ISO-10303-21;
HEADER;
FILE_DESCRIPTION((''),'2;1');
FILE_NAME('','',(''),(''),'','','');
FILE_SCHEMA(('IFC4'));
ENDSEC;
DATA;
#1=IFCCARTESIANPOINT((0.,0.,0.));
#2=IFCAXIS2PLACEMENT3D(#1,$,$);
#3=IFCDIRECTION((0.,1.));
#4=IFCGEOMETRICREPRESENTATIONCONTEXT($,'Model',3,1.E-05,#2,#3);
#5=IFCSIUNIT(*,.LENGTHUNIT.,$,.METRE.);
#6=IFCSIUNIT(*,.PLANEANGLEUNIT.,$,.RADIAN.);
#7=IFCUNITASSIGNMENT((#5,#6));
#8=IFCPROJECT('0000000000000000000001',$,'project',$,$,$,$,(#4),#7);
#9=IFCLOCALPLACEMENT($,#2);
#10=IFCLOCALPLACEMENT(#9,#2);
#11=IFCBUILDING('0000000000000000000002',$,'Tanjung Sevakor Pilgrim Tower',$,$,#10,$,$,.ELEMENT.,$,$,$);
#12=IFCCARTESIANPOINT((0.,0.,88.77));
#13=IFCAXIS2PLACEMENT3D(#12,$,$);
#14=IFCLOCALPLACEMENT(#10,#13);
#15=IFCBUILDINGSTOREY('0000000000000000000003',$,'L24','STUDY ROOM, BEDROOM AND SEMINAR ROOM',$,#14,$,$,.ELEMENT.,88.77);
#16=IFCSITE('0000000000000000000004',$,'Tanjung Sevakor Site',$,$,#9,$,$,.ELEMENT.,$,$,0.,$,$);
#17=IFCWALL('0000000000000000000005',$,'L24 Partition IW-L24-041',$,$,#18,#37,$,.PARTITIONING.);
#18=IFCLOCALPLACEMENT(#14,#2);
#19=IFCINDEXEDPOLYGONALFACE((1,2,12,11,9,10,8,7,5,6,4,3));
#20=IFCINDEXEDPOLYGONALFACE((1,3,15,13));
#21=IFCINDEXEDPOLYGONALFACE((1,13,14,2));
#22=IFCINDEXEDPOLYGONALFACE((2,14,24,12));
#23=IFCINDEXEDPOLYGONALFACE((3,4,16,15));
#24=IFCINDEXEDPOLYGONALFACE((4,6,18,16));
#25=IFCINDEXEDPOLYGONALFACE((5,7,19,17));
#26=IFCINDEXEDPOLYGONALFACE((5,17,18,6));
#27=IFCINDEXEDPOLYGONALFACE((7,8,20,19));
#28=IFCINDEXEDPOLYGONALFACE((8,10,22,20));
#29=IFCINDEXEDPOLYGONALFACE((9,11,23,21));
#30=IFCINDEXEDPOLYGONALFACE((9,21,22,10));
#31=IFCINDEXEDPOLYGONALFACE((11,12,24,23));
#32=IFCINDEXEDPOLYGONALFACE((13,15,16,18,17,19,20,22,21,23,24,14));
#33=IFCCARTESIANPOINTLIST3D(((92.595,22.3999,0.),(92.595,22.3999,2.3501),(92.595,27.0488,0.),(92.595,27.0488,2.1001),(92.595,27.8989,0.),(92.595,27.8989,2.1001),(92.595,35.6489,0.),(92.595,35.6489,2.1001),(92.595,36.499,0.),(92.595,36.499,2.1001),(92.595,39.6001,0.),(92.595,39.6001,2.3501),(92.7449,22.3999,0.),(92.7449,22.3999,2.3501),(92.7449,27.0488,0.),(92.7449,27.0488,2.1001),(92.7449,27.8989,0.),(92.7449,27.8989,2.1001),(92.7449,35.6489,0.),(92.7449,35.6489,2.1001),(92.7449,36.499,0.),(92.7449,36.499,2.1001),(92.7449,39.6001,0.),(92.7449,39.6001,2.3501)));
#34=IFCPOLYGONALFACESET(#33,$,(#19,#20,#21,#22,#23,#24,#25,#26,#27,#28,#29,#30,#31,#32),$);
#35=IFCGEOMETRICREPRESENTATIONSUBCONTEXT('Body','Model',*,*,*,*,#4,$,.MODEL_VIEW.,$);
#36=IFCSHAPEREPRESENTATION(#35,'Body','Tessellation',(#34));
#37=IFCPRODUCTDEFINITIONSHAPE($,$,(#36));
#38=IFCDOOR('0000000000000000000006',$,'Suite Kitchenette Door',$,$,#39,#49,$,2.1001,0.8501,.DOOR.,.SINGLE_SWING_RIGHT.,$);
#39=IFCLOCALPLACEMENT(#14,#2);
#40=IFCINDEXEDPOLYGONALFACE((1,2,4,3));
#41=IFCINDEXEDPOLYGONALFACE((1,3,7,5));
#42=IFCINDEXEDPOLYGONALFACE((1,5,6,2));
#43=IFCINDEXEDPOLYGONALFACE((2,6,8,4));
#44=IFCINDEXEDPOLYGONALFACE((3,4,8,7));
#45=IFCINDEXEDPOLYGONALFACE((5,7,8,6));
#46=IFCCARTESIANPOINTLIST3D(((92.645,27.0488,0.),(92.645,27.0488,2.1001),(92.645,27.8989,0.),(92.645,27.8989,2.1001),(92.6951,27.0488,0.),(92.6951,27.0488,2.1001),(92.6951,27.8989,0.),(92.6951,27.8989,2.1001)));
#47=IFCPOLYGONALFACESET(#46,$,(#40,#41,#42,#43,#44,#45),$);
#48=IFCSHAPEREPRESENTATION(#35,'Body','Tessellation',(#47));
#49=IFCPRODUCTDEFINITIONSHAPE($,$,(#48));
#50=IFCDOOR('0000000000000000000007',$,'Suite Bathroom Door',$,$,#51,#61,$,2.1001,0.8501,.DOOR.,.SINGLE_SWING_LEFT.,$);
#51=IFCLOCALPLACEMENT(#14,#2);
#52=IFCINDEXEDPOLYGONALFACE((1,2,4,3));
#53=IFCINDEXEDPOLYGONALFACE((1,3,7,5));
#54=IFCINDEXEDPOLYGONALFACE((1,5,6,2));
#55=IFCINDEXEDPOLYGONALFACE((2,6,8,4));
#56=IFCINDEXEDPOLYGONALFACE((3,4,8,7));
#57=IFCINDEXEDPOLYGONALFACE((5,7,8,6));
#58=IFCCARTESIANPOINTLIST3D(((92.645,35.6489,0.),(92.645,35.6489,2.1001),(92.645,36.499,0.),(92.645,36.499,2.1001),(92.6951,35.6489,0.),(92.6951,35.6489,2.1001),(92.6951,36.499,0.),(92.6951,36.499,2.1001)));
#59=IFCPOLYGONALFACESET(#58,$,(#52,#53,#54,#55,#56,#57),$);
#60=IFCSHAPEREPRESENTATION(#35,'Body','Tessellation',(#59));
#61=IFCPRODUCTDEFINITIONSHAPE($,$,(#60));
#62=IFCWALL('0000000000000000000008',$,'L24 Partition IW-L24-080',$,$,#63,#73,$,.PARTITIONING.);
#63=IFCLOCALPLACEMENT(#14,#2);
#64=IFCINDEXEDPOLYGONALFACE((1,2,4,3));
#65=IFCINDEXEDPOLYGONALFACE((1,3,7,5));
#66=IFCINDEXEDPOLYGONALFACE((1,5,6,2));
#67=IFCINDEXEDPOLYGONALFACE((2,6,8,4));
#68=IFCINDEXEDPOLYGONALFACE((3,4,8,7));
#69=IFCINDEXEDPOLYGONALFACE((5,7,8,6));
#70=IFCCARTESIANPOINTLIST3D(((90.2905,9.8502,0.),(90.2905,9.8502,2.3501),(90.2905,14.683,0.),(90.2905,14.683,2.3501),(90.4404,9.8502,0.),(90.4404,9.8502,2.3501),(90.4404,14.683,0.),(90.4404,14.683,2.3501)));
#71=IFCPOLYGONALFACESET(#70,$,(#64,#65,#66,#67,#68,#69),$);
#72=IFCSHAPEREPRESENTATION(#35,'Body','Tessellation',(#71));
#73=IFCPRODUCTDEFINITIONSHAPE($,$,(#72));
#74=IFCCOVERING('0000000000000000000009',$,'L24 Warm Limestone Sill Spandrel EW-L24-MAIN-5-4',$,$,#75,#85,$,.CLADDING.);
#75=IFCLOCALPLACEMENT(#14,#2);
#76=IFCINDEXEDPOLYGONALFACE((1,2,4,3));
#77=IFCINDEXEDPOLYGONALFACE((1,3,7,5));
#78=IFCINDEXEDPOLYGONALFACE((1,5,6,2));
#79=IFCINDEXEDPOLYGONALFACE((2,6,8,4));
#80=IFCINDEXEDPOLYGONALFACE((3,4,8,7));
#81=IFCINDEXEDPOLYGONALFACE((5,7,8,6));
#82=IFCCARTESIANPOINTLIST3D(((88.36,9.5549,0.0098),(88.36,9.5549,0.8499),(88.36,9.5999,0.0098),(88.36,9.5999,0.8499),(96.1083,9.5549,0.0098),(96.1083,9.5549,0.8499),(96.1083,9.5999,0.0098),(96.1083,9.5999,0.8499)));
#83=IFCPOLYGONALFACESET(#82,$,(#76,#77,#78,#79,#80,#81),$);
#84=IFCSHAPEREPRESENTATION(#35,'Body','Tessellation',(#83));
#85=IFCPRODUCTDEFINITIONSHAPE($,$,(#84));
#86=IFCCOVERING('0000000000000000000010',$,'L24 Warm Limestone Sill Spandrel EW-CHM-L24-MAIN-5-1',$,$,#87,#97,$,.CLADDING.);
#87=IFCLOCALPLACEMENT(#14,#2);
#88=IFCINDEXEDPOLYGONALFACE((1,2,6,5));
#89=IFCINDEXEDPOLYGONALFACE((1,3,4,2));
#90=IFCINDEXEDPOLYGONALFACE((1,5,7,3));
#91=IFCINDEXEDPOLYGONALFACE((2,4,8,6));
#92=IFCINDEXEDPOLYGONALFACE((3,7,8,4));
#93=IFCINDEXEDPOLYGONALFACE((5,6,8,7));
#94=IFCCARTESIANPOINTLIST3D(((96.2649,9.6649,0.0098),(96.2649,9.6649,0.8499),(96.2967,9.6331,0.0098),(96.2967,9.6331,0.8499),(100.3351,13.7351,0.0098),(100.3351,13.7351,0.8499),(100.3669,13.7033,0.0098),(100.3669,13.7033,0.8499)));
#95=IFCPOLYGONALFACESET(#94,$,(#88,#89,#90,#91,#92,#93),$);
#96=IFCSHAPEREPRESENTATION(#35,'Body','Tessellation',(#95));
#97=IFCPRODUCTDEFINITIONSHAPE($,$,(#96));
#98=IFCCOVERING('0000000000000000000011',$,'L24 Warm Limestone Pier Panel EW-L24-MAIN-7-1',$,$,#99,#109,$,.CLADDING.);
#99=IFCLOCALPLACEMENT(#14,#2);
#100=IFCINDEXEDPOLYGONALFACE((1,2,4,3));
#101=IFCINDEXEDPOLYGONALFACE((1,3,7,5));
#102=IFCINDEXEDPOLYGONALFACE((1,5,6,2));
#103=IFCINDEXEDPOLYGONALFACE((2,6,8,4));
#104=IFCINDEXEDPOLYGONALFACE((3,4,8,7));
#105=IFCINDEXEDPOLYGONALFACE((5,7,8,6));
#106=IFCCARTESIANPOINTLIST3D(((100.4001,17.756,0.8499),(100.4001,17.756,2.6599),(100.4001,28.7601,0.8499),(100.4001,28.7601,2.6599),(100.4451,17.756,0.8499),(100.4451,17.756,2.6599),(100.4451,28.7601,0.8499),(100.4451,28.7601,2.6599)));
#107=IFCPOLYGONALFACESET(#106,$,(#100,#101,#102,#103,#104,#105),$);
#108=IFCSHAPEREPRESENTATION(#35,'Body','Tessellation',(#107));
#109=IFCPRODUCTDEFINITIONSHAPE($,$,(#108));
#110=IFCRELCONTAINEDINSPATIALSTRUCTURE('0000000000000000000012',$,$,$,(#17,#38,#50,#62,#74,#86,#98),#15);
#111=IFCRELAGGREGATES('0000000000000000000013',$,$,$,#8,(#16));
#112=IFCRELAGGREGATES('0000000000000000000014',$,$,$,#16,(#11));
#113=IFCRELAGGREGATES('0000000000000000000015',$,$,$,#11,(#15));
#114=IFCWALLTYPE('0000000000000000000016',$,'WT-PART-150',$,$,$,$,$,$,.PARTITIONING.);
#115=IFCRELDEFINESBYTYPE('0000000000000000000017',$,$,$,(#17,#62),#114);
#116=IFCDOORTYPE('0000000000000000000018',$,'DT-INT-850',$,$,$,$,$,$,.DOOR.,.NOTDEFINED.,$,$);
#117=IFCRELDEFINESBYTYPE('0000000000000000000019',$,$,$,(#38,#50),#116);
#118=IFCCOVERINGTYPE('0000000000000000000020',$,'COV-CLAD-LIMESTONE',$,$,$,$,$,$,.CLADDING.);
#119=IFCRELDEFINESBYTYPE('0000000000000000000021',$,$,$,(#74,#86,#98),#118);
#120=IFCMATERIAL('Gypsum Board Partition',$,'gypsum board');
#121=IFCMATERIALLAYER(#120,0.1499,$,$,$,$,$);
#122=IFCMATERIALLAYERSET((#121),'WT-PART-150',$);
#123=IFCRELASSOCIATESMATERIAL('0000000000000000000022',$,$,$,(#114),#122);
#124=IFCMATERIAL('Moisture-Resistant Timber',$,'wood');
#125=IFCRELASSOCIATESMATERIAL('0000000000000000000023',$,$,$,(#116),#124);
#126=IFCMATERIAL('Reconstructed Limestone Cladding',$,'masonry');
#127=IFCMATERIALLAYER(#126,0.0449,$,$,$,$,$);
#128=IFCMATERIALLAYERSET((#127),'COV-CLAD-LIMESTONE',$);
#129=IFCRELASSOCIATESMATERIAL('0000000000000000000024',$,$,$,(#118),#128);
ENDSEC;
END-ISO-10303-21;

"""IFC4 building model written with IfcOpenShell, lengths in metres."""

from ifc_helpers import new_model, si_unit, direction, frame, frame_2d, origin, origin_2d, place, context, subcontext, project, spatial, rectangle, extrude, material, layer, layer_set, type_object, element, fill, save


model = new_model("IFC4")

# Units and contexts
model_context = context("Model", 3, precision=1e-05, world=origin(), true_north=direction((0.0, 1.0)))
body_context = subcontext(model_context, "Body", "Model", "MODEL_VIEW")
ifc_project = project(units=[si_unit("LENGTHUNIT", "METRE"), si_unit("PLANEANGLEUNIT", "RADIAN")], contexts=[model_context])

# Site, building, storey
site_placement = place(None, origin())
site = spatial("IfcSite", under=ifc_project, at=site_placement, Name="Tanjung Sevakor Site", CompositionType="ELEMENT", RefElevation=0.0)
building_placement = place(site_placement, origin())
building = spatial("IfcBuilding", under=site, at=building_placement, Name="Tanjung Sevakor Pilgrim Tower", CompositionType="ELEMENT")
storey_placement = place(building_placement, frame((0.0, 0.0, 88.77)))
storey = spatial("IfcBuildingStorey", under=building, at=storey_placement, Name="L24", Description="STUDY ROOM, BEDROOM AND SEMINAR ROOM", CompositionType="ELEMENT", Elevation=88.77)

# Shared definitions
ifc_material_1 = material(Name="Gypsum Board Partition", Category="gypsum board")
ifc_layer_1 = layer(ifc_material_1, 0.1499)
ifc_layer_set_1 = layer_set([ifc_layer_1], Name="WT-PART-150")
wall_type_1 = type_object("IfcWallType", Name="WT-PART-150", PredefinedType="PARTITIONING", material=ifc_layer_set_1)
ifc_material_2 = material(Name="Moisture-Resistant Timber", Category="wood")
door_type_1 = type_object("IfcDoorType", Name="DT-INT-850", OperationType="NOTDEFINED", PredefinedType="DOOR", material=ifc_material_2)

# Wall, openings, doors
wall_1_placement = place(storey_placement, frame((92.6699, 22.3999, 0.0), z_axis=(0.0, 0.0, 1.0), x_axis=(0.0, 1.0, 0.0)))
wall_1 = element("IfcWall", 1, at=wall_1_placement, inside=storey, type_object=wall_type_1, Name="L24 Partition IW-L24-041", PredefinedType="PARTITIONING", context=body_context, shape_type="SweptSolid", body=[
    extrude(rectangle(XDim=17.2002, YDim=0.1499, at=frame_2d((8.6001, 0.0))), origin(), (0.0, 0.0, 1.0), 2.3501),
])
opening_1_placement = place(wall_1_placement, frame((4.6489, 0.0, 0.0)))
opening_1 = element("IfcOpeningElement", 2, at=opening_1_placement, cuts=wall_1, PredefinedType="OPENING", context=body_context, shape_type="SweptSolid", body=[
    extrude(rectangle(XDim=0.8501, YDim=2.1001, at=frame_2d((0.425, 1.05))), frame((0.0, 0.085, 0.0), z_axis=(0.0, -1.0, 0.0), x_axis=(1.0, 0.0, 0.0)), (0.0, 0.0, 1.0), 0.1699),
])
opening_2_placement = place(wall_1_placement, frame((13.249, 0.0, 0.0)))
opening_2 = element("IfcOpeningElement", 3, at=opening_2_placement, cuts=wall_1, PredefinedType="OPENING", context=body_context, shape_type="SweptSolid", body=[
    extrude(rectangle(XDim=0.8501, YDim=2.1001, at=frame_2d((0.425, 1.05))), frame((0.0, 0.085, 0.0), z_axis=(0.0, -1.0, 0.0), x_axis=(1.0, 0.0, 0.0)), (0.0, 0.0, 1.0), 0.1699),
])
door_1_placement = place(opening_1_placement, origin())
door_1 = element("IfcDoor", 4, at=door_1_placement, inside=storey, type_object=door_type_1, Name="Suite Kitchenette Door", OperationType="SINGLE_SWING_RIGHT", OverallHeight=2.1001, OverallWidth=0.8501, PredefinedType="DOOR", context=body_context, shape_type="SweptSolid", body=[
    extrude(rectangle(XDim=0.8501, YDim=2.1001, at=frame_2d((0.425, 1.05))), frame((0.0, 0.0249, 0.0), z_axis=(0.0, -1.0, 0.0), x_axis=(1.0, 0.0, 0.0)), (0.0, 0.0, 1.0), 0.05),
])
fill(opening_1, door_1)
door_2_placement = place(opening_2_placement, origin())
door_2 = element("IfcDoor", 5, at=door_2_placement, inside=storey, type_object=door_type_1, Name="Suite Bathroom Door", OperationType="SINGLE_SWING_LEFT", OverallHeight=2.1001, OverallWidth=0.8501, PredefinedType="DOOR", context=body_context, shape_type="SweptSolid", body=[
    extrude(rectangle(XDim=0.8501, YDim=2.1001, at=frame_2d((0.425, 1.05))), frame((0.0, 0.0249, 0.0), z_axis=(0.0, -1.0, 0.0), x_axis=(1.0, 0.0, 0.0)), (0.0, 0.0, 1.0), 0.05),
])
fill(opening_2, door_2)

# Wall
wall_2_placement = place(storey_placement, frame((90.3655, 9.8501, 0.0), z_axis=(0.0, 0.0, 1.0), x_axis=(0.0, 1.0, 0.0)))
element("IfcWall", 6, at=wall_2_placement, inside=storey, type_object=wall_type_1, Name="L24 Partition IW-L24-080", PredefinedType="PARTITIONING", context=body_context, shape_type="SweptSolid", body=[
    extrude(rectangle(XDim=4.8328, YDim=0.1499, at=frame_2d((2.4165, 0.0))), origin(), (0.0, 0.0, 1.0), 2.3501),
])

# Coverings
ifc_material_3 = material(Name="Reconstructed Limestone Cladding", Category="masonry")
ifc_layer_2 = layer(ifc_material_3, 0.0449)
ifc_layer_set_2 = layer_set([ifc_layer_2], Name="COV-CLAD-LIMESTONE")
covering_type = type_object("IfcCoveringType", Name="COV-CLAD-LIMESTONE", PredefinedType="CLADDING", material=ifc_layer_set_2)
covering_1_placement = place(storey_placement, frame((92.2341, 9.5774, 0.0098), z_axis=(0.0, 0.0, 1.0), x_axis=(1.0, 0.0, 0.0)))
element("IfcCovering", 7, at=covering_1_placement, inside=storey, type_object=covering_type, Name="L24 Warm Limestone Sill Spandrel EW-L24-MAIN-5-4", PredefinedType="CLADDING", context=body_context, shape_type="SweptSolid", body=[
    extrude(rectangle(XDim=7.7483, YDim=0.0449, at=origin_2d()), origin(), (0.0, 0.0, 1.0), 0.8401),
])
covering_2_placement = place(storey_placement, frame((98.3159, 11.6841, 0.0098), z_axis=(0.0, 0.0, 1.0), x_axis=(0.707107, 0.707107, 0.0)))
element("IfcCovering", 8, at=covering_2_placement, inside=storey, type_object=covering_type, Name="L24 Warm Limestone Sill Spandrel EW-CHM-L24-MAIN-5-1", PredefinedType="CLADDING", context=body_context, shape_type="SweptSolid", body=[
    extrude(rectangle(XDim=5.7561, YDim=0.0449, at=origin_2d()), origin(), (0.0, 0.0, 1.0), 0.8401),
])
covering_3_placement = place(storey_placement, frame((100.4226, 23.2581, 0.8499), z_axis=(0.0, 0.0, 1.0), x_axis=(0.0, 1.0, 0.0)))
element("IfcCovering", 9, at=covering_3_placement, inside=storey, type_object=covering_type, Name="L24 Warm Limestone Pier Panel EW-L24-MAIN-7-1", PredefinedType="CLADDING", context=body_context, shape_type="SweptSolid", body=[
    extrude(rectangle(XDim=11.0042, YDim=0.0449, at=origin_2d()), origin(), (0.0, 0.0, 1.0), 1.8101),
])

save(model, "model.ifc")
